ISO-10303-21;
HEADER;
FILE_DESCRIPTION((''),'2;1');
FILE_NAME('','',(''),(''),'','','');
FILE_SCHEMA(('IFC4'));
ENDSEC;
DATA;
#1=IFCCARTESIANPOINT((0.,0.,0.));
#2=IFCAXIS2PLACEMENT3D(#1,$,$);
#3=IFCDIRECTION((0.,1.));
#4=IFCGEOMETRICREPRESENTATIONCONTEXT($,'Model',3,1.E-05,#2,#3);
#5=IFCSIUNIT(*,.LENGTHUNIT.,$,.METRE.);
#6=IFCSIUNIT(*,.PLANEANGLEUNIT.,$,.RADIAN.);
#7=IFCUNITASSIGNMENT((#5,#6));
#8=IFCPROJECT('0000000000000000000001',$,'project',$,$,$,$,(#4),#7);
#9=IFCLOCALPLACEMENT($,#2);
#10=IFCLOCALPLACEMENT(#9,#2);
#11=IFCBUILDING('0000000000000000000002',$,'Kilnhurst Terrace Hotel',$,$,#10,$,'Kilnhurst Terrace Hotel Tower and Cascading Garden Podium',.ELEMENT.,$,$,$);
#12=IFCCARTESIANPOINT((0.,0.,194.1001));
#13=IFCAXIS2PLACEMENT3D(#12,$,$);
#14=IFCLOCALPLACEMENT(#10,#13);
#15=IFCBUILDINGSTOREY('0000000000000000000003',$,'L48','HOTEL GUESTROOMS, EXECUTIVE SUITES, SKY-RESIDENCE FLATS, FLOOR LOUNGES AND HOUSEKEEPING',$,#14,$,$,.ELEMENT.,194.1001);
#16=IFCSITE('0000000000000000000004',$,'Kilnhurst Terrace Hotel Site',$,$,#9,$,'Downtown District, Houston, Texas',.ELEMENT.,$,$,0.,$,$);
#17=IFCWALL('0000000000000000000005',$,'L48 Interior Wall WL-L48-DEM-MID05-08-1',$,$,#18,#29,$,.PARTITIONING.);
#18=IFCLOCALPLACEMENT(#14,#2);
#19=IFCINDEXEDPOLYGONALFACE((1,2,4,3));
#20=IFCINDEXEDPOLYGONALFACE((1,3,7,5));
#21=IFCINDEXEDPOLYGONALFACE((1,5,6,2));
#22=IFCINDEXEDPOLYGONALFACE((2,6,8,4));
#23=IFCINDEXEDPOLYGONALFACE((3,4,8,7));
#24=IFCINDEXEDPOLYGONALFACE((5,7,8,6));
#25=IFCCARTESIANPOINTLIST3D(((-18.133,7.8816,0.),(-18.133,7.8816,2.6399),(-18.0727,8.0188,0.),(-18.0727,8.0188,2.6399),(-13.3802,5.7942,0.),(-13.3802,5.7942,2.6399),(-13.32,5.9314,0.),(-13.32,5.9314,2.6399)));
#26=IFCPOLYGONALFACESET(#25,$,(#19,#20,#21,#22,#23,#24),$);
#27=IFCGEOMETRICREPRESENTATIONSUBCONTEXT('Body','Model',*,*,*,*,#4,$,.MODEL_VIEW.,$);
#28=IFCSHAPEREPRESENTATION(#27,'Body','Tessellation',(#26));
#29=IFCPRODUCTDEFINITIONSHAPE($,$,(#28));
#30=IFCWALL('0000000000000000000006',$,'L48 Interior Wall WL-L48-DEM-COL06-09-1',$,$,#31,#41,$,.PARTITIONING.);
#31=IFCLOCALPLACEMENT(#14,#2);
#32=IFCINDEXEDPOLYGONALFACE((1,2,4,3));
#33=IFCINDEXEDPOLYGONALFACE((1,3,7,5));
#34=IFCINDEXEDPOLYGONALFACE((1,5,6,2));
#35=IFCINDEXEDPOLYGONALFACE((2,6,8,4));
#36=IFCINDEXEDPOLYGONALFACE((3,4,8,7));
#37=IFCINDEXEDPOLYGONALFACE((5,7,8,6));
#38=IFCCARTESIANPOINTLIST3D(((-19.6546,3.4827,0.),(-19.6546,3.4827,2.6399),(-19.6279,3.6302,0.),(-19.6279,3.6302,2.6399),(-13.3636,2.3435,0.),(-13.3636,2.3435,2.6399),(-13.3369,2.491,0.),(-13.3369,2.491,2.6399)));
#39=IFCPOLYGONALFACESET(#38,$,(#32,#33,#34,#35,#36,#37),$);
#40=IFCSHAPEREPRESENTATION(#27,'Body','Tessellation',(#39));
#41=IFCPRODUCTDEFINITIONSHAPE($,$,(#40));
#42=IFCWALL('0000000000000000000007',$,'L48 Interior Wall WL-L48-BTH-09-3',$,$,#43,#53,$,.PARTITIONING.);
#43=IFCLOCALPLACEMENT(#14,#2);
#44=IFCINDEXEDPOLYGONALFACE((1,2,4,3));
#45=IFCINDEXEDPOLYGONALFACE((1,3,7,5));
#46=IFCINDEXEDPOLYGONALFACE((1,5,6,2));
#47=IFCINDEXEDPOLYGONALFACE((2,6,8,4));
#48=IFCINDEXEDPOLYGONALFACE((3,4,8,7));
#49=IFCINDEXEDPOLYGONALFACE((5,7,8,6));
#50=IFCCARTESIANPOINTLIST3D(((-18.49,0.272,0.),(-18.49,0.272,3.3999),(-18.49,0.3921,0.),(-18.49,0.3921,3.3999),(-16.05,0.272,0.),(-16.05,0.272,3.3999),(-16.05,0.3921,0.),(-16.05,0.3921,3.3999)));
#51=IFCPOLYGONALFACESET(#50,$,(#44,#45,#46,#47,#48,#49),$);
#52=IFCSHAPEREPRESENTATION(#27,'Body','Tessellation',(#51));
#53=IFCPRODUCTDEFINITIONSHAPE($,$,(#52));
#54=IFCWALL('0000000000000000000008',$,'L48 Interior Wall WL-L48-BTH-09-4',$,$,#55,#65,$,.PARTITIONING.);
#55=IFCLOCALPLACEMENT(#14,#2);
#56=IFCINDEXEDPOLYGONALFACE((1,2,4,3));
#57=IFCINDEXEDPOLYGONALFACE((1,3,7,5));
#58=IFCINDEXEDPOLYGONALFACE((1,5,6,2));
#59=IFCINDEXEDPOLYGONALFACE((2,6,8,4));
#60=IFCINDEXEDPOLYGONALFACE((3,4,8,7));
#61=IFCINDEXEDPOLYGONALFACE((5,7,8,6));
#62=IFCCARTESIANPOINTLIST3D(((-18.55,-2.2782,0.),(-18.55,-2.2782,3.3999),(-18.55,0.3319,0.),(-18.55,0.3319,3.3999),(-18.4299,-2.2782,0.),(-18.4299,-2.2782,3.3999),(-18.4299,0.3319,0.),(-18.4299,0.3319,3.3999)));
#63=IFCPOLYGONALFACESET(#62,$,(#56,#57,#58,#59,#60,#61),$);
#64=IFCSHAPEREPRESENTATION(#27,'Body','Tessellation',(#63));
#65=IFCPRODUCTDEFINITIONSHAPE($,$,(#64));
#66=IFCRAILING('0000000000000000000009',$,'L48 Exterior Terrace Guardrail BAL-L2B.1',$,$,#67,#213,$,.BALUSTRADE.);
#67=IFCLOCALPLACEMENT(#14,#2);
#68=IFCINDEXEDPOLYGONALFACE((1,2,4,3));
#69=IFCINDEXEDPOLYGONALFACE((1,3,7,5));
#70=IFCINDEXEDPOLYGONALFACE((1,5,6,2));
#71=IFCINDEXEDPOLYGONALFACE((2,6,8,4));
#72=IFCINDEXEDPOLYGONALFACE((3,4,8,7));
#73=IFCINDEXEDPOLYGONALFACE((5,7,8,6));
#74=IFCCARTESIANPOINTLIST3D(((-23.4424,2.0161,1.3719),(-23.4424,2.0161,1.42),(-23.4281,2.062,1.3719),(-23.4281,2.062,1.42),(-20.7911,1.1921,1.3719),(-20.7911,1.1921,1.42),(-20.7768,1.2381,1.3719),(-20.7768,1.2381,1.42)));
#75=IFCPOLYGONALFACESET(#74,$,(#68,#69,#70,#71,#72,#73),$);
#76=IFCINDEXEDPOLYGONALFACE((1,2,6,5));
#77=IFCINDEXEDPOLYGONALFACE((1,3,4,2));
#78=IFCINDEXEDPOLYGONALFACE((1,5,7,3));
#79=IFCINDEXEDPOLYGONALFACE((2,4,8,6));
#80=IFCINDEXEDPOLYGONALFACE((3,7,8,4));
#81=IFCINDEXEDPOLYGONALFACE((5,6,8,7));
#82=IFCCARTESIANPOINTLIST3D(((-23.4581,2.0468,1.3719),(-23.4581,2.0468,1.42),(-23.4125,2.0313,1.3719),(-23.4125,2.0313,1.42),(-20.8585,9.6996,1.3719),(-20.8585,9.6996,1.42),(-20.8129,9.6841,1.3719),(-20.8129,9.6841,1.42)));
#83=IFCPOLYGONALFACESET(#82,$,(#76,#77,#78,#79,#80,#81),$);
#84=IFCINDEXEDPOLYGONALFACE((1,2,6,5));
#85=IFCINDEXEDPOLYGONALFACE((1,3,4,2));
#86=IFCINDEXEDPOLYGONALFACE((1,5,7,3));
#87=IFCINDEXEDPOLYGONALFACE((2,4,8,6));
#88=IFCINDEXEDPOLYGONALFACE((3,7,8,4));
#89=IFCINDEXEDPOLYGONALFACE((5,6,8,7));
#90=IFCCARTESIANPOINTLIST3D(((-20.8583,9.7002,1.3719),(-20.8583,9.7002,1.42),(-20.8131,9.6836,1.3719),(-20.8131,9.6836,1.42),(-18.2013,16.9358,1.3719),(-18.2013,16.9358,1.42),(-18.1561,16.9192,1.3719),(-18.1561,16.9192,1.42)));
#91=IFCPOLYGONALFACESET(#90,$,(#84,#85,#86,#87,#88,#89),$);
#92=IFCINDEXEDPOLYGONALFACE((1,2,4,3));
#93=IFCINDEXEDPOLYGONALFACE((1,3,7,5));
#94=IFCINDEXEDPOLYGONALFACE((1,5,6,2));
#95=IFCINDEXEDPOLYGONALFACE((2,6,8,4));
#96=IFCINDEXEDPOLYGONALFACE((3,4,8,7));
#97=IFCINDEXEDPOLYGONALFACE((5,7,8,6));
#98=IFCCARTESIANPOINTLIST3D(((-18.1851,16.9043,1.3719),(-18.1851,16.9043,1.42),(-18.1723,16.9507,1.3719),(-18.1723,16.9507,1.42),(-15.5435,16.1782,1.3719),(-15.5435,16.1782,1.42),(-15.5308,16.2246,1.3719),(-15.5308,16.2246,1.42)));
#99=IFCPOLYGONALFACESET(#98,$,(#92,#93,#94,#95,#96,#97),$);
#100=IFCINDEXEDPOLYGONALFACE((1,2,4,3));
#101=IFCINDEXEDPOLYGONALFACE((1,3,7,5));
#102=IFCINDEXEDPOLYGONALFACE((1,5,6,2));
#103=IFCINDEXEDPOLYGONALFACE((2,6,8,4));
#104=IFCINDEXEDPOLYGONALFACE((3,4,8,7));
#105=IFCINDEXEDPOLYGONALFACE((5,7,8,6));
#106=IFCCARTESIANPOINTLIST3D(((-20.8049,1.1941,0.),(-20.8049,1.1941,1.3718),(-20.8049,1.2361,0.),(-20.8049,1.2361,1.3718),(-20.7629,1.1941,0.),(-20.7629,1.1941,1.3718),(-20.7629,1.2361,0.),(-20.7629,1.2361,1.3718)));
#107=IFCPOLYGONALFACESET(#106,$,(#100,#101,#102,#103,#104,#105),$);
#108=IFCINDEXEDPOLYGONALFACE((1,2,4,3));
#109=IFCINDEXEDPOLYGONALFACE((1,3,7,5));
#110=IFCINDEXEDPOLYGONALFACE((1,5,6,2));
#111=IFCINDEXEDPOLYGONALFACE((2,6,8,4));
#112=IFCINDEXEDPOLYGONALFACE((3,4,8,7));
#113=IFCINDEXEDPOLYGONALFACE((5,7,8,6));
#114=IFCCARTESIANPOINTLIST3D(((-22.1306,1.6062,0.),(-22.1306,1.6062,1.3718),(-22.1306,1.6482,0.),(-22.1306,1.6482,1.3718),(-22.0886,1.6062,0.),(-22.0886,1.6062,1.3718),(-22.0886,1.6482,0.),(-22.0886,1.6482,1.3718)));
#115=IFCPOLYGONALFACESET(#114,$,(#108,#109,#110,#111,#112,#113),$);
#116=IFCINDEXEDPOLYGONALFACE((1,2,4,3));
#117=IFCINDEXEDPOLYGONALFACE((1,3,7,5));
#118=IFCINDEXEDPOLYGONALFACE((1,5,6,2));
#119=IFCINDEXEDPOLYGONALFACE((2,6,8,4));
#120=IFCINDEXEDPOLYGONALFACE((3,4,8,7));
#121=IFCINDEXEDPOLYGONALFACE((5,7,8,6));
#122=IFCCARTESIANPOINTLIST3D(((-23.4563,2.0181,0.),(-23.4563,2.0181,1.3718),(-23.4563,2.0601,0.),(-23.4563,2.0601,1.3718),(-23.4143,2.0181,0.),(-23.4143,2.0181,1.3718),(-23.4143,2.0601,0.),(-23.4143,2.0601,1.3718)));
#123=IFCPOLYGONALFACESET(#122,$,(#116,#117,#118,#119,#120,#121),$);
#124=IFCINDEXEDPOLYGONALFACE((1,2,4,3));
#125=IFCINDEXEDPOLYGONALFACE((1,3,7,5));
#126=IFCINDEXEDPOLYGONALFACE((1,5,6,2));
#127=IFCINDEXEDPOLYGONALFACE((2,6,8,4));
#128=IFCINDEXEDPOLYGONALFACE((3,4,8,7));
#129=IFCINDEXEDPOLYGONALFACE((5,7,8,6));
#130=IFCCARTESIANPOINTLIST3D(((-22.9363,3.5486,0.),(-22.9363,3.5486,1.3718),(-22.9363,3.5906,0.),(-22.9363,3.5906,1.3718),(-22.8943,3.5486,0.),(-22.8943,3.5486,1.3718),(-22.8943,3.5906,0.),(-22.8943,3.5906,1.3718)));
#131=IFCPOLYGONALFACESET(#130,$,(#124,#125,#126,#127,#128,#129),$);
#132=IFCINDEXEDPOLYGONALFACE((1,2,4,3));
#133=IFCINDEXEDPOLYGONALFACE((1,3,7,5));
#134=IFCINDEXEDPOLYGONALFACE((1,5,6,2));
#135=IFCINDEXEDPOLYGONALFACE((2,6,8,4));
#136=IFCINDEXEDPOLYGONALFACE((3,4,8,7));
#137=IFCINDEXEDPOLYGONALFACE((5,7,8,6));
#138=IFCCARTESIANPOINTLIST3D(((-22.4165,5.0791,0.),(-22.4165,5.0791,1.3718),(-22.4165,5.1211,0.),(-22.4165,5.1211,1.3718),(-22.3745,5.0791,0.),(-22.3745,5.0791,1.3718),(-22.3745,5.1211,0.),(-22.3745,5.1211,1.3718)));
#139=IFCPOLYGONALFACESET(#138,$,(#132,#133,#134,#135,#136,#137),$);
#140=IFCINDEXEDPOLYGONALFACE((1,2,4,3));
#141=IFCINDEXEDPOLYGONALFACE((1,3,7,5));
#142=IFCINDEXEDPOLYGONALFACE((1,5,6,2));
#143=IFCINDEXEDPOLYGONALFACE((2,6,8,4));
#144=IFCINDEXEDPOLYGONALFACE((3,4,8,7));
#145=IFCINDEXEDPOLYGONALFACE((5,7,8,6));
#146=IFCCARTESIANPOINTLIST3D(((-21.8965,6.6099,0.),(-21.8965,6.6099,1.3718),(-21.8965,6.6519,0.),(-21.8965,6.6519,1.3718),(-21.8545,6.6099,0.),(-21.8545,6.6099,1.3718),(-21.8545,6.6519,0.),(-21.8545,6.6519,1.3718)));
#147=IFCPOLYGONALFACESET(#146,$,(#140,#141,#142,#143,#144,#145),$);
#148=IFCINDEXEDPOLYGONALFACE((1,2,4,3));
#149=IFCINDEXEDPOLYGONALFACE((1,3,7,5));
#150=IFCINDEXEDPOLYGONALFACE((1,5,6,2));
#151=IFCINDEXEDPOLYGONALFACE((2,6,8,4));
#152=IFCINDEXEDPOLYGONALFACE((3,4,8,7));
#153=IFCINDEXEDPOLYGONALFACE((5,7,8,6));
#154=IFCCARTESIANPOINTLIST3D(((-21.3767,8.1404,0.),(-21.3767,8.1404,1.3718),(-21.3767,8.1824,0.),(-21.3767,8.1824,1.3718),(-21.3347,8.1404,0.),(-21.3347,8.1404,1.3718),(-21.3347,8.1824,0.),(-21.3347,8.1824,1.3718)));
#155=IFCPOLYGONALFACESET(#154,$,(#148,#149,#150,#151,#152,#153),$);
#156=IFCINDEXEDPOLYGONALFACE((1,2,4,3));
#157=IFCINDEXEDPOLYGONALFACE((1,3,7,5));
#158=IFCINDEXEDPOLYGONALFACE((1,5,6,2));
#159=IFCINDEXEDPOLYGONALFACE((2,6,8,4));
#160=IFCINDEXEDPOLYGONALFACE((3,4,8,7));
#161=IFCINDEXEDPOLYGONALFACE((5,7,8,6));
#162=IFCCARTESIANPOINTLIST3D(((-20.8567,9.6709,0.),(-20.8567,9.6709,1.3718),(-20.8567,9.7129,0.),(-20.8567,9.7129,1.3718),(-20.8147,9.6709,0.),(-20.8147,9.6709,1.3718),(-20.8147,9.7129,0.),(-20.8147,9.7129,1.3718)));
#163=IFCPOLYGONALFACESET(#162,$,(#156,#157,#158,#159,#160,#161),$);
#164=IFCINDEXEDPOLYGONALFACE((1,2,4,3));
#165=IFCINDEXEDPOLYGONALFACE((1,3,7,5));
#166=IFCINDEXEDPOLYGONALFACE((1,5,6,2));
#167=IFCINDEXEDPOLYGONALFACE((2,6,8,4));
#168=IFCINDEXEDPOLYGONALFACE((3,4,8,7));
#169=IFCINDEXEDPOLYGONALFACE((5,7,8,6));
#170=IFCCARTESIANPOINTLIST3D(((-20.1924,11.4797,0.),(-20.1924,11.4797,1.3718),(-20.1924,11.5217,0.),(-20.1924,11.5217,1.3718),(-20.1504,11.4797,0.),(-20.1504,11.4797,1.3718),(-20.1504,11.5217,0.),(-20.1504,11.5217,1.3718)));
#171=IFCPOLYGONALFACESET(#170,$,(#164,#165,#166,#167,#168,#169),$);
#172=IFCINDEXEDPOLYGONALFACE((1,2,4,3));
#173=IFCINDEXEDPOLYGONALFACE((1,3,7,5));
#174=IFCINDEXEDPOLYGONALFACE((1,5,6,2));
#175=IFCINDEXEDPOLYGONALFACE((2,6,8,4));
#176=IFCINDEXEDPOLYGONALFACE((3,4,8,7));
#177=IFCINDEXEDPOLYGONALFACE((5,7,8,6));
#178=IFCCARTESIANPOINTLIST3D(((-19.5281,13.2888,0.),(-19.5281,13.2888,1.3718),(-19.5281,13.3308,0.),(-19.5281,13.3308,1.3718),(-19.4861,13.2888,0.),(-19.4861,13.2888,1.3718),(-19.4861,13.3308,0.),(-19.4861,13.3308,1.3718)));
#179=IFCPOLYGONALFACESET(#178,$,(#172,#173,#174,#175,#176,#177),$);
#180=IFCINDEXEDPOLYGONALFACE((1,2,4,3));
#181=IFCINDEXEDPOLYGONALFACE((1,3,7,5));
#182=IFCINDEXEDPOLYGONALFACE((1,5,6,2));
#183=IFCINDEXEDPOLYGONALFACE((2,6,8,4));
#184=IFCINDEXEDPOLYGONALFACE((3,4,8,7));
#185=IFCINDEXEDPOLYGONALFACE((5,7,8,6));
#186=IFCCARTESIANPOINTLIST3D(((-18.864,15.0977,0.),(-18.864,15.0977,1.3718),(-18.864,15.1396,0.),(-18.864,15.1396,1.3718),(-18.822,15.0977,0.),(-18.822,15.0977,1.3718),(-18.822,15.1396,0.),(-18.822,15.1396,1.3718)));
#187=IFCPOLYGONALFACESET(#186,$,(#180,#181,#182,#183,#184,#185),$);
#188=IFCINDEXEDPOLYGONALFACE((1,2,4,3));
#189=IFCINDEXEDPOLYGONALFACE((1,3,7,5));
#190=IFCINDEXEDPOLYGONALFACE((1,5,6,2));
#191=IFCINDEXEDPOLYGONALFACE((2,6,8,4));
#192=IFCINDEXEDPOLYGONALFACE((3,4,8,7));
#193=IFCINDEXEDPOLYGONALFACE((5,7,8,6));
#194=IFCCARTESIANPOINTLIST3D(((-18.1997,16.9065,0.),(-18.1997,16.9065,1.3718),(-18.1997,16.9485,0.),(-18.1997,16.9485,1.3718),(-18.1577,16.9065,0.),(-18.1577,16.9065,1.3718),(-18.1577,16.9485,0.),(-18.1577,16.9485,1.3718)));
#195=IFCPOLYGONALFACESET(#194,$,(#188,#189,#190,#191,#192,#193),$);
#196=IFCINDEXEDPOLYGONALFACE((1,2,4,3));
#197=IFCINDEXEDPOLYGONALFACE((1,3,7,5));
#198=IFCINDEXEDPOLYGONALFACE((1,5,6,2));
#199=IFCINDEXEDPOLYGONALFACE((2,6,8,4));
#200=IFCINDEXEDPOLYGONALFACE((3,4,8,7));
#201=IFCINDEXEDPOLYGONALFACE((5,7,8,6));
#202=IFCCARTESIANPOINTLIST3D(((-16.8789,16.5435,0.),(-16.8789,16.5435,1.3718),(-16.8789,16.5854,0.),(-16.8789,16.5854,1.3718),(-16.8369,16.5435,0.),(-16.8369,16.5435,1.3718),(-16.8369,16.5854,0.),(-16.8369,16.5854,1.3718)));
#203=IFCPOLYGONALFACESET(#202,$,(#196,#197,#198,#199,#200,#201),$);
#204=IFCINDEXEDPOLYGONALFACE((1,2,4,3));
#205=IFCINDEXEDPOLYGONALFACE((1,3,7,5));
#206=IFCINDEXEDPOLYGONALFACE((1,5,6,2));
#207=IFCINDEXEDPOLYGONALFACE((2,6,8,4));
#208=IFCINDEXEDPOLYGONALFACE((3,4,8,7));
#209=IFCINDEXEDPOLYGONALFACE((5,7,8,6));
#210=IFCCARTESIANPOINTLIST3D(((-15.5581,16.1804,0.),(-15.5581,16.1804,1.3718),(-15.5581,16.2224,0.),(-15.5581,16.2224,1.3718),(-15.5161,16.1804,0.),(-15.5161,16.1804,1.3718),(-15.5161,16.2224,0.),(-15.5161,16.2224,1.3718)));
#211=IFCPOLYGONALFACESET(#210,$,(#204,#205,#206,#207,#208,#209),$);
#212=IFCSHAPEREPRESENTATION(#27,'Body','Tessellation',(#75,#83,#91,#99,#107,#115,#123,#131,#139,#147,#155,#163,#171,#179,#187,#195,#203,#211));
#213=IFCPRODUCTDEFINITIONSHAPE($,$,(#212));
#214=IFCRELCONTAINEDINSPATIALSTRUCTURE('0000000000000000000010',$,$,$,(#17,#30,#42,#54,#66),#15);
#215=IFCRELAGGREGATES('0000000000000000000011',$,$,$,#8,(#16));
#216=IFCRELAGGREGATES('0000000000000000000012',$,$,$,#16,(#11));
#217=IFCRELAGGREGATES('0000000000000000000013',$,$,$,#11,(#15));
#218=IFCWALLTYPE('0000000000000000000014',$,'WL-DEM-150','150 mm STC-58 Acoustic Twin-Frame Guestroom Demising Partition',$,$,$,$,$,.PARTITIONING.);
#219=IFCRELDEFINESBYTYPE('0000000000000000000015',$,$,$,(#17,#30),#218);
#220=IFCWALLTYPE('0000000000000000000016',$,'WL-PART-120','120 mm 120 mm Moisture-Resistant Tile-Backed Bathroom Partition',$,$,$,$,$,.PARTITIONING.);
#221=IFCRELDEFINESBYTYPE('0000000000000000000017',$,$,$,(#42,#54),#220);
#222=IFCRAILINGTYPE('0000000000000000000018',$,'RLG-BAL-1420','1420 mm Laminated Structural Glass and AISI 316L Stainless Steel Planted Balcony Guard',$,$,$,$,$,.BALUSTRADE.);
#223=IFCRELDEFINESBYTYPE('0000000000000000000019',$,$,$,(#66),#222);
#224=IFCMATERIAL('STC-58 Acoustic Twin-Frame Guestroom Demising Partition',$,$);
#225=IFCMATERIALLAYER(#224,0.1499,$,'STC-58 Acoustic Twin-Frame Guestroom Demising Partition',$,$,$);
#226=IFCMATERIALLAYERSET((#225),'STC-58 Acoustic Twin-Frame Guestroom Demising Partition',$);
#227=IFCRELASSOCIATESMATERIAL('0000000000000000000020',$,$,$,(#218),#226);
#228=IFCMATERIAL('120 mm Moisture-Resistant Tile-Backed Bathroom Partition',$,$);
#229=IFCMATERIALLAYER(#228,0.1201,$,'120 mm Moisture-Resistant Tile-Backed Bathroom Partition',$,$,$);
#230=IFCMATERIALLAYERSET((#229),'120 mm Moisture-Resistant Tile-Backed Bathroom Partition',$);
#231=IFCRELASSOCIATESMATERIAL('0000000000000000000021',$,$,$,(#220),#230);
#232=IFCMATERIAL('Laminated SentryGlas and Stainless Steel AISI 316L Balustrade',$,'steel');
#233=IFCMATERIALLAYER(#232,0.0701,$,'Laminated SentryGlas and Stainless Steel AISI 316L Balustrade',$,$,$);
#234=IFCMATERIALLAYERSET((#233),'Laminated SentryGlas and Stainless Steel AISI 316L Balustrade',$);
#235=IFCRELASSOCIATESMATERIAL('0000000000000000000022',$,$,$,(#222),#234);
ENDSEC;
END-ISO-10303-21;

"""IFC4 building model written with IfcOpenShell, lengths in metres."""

from ifc_helpers import new_model, si_unit, direction, frame, frame_2d, origin, origin_2d, place, context, subcontext, project, spatial, rectangle, extrude, material, layer, layer_set, type_object, element, save


model = new_model("IFC4")

# Units and contexts
model_context = context("Model", 3, precision=1e-05, world=origin(), true_north=direction((0.0, 1.0)))
body_context = subcontext(model_context, "Body", "Model", "MODEL_VIEW")
ifc_project = project(units=[si_unit("LENGTHUNIT", "METRE"), si_unit("PLANEANGLEUNIT", "RADIAN")], contexts=[model_context])

# Site, building, storey
site_placement = place(None, origin())
site = spatial("IfcSite", under=ifc_project, at=site_placement, Name="Kilnhurst Terrace Hotel Site", LongName="Downtown District, Houston, Texas", CompositionType="ELEMENT", RefElevation=0.0)
building_placement = place(site_placement, origin())
building = spatial("IfcBuilding", under=site, at=building_placement, Name="Kilnhurst Terrace Hotel", LongName="Kilnhurst Terrace Hotel Tower and Cascading Garden Podium", CompositionType="ELEMENT")
storey_placement = place(building_placement, frame((0.0, 0.0, 194.1001)))
storey = spatial("IfcBuildingStorey", under=building, at=storey_placement, Name="L48", Description="HOTEL GUESTROOMS, EXECUTIVE SUITES, SKY-RESIDENCE FLATS, FLOOR LOUNGES AND HOUSEKEEPING", CompositionType="ELEMENT", Elevation=194.1001)

# Walls
ifc_material_1 = material(Name="STC-58 Acoustic Twin-Frame Guestroom Demising Partition")
ifc_layer_1 = layer(ifc_material_1, 0.1499, Name="STC-58 Acoustic Twin-Frame Guestroom Demising Partition")
ifc_layer_set_1 = layer_set([ifc_layer_1], Name="STC-58 Acoustic Twin-Frame Guestroom Demising Partition")
wall_type_1 = type_object("IfcWallType", Name="WL-DEM-150", Description="150 mm STC-58 Acoustic Twin-Frame Guestroom Demising Partition", PredefinedType="PARTITIONING", material=ifc_layer_set_1)
wall_1_placement = place(storey_placement, frame((-13.3501, 5.8628, 0.0), z_axis=(0.0, 0.0, 1.0), x_axis=(-0.915583, 0.402129, 0.0)))
element("IfcWall", 1, at=wall_1_placement, inside=storey, type_object=wall_type_1, Name="L48 Interior Wall WL-L48-DEM-MID05-08-1", PredefinedType="PARTITIONING", context=body_context, shape_type="SweptSolid", body=[
    extrude(rectangle(XDim=5.1909, YDim=0.1499, at=frame_2d((2.5955, 0.0))), origin(), (0.0, 0.0, 1.0), 2.6399),
])
wall_2_placement = place(storey_placement, frame((-13.3501, 2.4172, 0.0), z_axis=(0.0, 0.0, 1.0), x_axis=(-0.983998, 0.17818, 0.0)))
element("IfcWall", 2, at=wall_2_placement, inside=storey, type_object=wall_type_1, Name="L48 Interior Wall WL-L48-DEM-COL06-09-1", PredefinedType="PARTITIONING", context=body_context, shape_type="SweptSolid", body=[
    extrude(rectangle(XDim=6.3933, YDim=0.1499, at=frame_2d((3.1968, 0.0))), origin(), (0.0, 0.0, 1.0), 2.6399),
])
ifc_material_2 = material(Name="120 mm Moisture-Resistant Tile-Backed Bathroom Partition")
ifc_layer_2 = layer(ifc_material_2, 0.1201, Name="120 mm Moisture-Resistant Tile-Backed Bathroom Partition")
ifc_layer_set_2 = layer_set([ifc_layer_2], Name="120 mm Moisture-Resistant Tile-Backed Bathroom Partition")
wall_type_2 = type_object("IfcWallType", Name="WL-PART-120", Description="120 mm 120 mm Moisture-Resistant Tile-Backed Bathroom Partition", PredefinedType="PARTITIONING", material=ifc_layer_set_2)
wall_3_placement = place(storey_placement, frame((-16.05, 0.332, 0.0), z_axis=(0.0, 0.0, 1.0), x_axis=(-1.0, 0.0, 0.0)))
element("IfcWall", 3, at=wall_3_placement, inside=storey, type_object=wall_type_2, Name="L48 Interior Wall WL-L48-BTH-09-3", PredefinedType="PARTITIONING", context=body_context, shape_type="SweptSolid", body=[
    extrude(rectangle(XDim=2.4399, YDim=0.1201, at=frame_2d((1.22, 0.0))), origin(), (0.0, 0.0, 1.0), 3.3999),
])
wall_4_placement = place(storey_placement, frame((-18.49, 0.332, 0.0), z_axis=(0.0, 0.0, 1.0), x_axis=(0.0, -1.0, 0.0)))
element("IfcWall", 4, at=wall_4_placement, inside=storey, type_object=wall_type_2, Name="L48 Interior Wall WL-L48-BTH-09-4", PredefinedType="PARTITIONING", context=body_context, shape_type="SweptSolid", body=[
    extrude(rectangle(XDim=2.6101, YDim=0.1201, at=frame_2d((1.3052, 0.0))), origin(), (0.0, 0.0, 1.0), 3.3999),
])

# Railing
ifc_material_3 = material(Name="Laminated SentryGlas and Stainless Steel AISI 316L Balustrade", Category="steel")
ifc_layer_3 = layer(ifc_material_3, 0.0701, Name="Laminated SentryGlas and Stainless Steel AISI 316L Balustrade")
ifc_layer_set_3 = layer_set([ifc_layer_3], Name="Laminated SentryGlas and Stainless Steel AISI 316L Balustrade")
railing_type = type_object("IfcRailingType", Name="RLG-BAL-1420", Description="1420 mm Laminated Structural Glass and AISI 316L Stainless Steel Planted Balcony Guard", PredefinedType="BALUSTRADE", material=ifc_layer_set_3)
railing_placement = place(storey_placement, frame((-20.7839, 1.2151, 0.0)))
element("IfcRailing", 5, at=railing_placement, inside=storey, type_object=railing_type, Name="L48 Exterior Terrace Guardrail BAL-L2B.1", PredefinedType="BALUSTRADE", context=body_context, shape_type="SweptSolid", body=[
    extrude(rectangle(XDim=0.0481, YDim=0.0481, at=origin_2d()), frame((0.0, 0.0, 1.396), z_axis=(-0.954948, 0.296773, 0.0), x_axis=(-0.296773, -0.954948, 0.0)), (0.0, 0.0, 1.0), 2.7764),
    extrude(rectangle(XDim=0.0481, YDim=0.0481, at=origin_2d()), frame((-2.6514, 0.824, 1.396), z_axis=(0.321642, 0.946861, 0.0), x_axis=(-0.946861, 0.321642, 0.0)), (0.0, 0.0, 1.0), 8.0823),
    extrude(rectangle(XDim=0.0481, YDim=0.0481, at=origin_2d()), frame((-0.0518, 8.4768, 1.396), z_axis=(0.344704, 0.938711, 0.0), x_axis=(-0.938711, 0.344704, 0.0)), (0.0, 0.0, 1.0), 7.708),
    extrude(rectangle(XDim=0.0481, YDim=0.0481, at=origin_2d()), frame((2.6052, 15.7124, 1.396), z_axis=(0.96424, -0.265032, 0.0), x_axis=(0.265032, 0.96424, 0.0)), (0.0, 0.0, 1.0), 2.7395),
    extrude(rectangle(XDim=0.042, YDim=0.042, at=origin_2d()), origin(), (0.0, 0.0, 1.0), 1.3718),
    extrude(rectangle(XDim=0.042, YDim=0.042, at=origin_2d()), frame((-1.3257, 0.4121, 0.0)), (0.0, 0.0, 1.0), 1.3718),
    extrude(rectangle(XDim=0.042, YDim=0.042, at=origin_2d()), frame((-2.6514, 0.824, 0.0)), (0.0, 0.0, 1.0), 1.3718),
    extrude(rectangle(XDim=0.042, YDim=0.042, at=origin_2d()), frame((-2.1313, 2.3545, 0.0)), (0.0, 0.0, 1.0), 1.3718),
    extrude(rectangle(XDim=0.042, YDim=0.042, at=origin_2d()), frame((-1.6116, 3.885, 0.0)), (0.0, 0.0, 1.0), 1.3718),
    extrude(rectangle(XDim=0.042, YDim=0.042, at=origin_2d()), frame((-1.0916, 5.4158, 0.0)), (0.0, 0.0, 1.0), 1.3718),
    extrude(rectangle(XDim=0.042, YDim=0.042, at=origin_2d()), frame((-0.5718, 6.9463, 0.0)), (0.0, 0.0, 1.0), 1.3718),
    extrude(rectangle(XDim=0.042, YDim=0.042, at=origin_2d()), frame((-0.0518, 8.4768, 0.0)), (0.0, 0.0, 1.0), 1.3718),
    extrude(rectangle(XDim=0.042, YDim=0.042, at=origin_2d()), frame((0.6125, 10.2856, 0.0)), (0.0, 0.0, 1.0), 1.3718),
    extrude(rectangle(XDim=0.042, YDim=0.042, at=origin_2d()), frame((1.2769, 12.0947, 0.0)), (0.0, 0.0, 1.0), 1.3718),
    extrude(rectangle(XDim=0.042, YDim=0.042, at=origin_2d()), frame((1.9409, 13.9036, 0.0)), (0.0, 0.0, 1.0), 1.3718),
    extrude(rectangle(XDim=0.042, YDim=0.042, at=origin_2d()), frame((2.6052, 15.7124, 0.0)), (0.0, 0.0, 1.0), 1.3718),
    extrude(rectangle(XDim=0.042, YDim=0.042, at=origin_2d()), frame((3.926, 15.3494, 0.0)), (0.0, 0.0, 1.0), 1.3718),
    extrude(rectangle(XDim=0.042, YDim=0.042, at=origin_2d()), frame((5.2468, 14.9863, 0.0)), (0.0, 0.0, 1.0), 1.3718),
])

save(model, "model.ifc")
